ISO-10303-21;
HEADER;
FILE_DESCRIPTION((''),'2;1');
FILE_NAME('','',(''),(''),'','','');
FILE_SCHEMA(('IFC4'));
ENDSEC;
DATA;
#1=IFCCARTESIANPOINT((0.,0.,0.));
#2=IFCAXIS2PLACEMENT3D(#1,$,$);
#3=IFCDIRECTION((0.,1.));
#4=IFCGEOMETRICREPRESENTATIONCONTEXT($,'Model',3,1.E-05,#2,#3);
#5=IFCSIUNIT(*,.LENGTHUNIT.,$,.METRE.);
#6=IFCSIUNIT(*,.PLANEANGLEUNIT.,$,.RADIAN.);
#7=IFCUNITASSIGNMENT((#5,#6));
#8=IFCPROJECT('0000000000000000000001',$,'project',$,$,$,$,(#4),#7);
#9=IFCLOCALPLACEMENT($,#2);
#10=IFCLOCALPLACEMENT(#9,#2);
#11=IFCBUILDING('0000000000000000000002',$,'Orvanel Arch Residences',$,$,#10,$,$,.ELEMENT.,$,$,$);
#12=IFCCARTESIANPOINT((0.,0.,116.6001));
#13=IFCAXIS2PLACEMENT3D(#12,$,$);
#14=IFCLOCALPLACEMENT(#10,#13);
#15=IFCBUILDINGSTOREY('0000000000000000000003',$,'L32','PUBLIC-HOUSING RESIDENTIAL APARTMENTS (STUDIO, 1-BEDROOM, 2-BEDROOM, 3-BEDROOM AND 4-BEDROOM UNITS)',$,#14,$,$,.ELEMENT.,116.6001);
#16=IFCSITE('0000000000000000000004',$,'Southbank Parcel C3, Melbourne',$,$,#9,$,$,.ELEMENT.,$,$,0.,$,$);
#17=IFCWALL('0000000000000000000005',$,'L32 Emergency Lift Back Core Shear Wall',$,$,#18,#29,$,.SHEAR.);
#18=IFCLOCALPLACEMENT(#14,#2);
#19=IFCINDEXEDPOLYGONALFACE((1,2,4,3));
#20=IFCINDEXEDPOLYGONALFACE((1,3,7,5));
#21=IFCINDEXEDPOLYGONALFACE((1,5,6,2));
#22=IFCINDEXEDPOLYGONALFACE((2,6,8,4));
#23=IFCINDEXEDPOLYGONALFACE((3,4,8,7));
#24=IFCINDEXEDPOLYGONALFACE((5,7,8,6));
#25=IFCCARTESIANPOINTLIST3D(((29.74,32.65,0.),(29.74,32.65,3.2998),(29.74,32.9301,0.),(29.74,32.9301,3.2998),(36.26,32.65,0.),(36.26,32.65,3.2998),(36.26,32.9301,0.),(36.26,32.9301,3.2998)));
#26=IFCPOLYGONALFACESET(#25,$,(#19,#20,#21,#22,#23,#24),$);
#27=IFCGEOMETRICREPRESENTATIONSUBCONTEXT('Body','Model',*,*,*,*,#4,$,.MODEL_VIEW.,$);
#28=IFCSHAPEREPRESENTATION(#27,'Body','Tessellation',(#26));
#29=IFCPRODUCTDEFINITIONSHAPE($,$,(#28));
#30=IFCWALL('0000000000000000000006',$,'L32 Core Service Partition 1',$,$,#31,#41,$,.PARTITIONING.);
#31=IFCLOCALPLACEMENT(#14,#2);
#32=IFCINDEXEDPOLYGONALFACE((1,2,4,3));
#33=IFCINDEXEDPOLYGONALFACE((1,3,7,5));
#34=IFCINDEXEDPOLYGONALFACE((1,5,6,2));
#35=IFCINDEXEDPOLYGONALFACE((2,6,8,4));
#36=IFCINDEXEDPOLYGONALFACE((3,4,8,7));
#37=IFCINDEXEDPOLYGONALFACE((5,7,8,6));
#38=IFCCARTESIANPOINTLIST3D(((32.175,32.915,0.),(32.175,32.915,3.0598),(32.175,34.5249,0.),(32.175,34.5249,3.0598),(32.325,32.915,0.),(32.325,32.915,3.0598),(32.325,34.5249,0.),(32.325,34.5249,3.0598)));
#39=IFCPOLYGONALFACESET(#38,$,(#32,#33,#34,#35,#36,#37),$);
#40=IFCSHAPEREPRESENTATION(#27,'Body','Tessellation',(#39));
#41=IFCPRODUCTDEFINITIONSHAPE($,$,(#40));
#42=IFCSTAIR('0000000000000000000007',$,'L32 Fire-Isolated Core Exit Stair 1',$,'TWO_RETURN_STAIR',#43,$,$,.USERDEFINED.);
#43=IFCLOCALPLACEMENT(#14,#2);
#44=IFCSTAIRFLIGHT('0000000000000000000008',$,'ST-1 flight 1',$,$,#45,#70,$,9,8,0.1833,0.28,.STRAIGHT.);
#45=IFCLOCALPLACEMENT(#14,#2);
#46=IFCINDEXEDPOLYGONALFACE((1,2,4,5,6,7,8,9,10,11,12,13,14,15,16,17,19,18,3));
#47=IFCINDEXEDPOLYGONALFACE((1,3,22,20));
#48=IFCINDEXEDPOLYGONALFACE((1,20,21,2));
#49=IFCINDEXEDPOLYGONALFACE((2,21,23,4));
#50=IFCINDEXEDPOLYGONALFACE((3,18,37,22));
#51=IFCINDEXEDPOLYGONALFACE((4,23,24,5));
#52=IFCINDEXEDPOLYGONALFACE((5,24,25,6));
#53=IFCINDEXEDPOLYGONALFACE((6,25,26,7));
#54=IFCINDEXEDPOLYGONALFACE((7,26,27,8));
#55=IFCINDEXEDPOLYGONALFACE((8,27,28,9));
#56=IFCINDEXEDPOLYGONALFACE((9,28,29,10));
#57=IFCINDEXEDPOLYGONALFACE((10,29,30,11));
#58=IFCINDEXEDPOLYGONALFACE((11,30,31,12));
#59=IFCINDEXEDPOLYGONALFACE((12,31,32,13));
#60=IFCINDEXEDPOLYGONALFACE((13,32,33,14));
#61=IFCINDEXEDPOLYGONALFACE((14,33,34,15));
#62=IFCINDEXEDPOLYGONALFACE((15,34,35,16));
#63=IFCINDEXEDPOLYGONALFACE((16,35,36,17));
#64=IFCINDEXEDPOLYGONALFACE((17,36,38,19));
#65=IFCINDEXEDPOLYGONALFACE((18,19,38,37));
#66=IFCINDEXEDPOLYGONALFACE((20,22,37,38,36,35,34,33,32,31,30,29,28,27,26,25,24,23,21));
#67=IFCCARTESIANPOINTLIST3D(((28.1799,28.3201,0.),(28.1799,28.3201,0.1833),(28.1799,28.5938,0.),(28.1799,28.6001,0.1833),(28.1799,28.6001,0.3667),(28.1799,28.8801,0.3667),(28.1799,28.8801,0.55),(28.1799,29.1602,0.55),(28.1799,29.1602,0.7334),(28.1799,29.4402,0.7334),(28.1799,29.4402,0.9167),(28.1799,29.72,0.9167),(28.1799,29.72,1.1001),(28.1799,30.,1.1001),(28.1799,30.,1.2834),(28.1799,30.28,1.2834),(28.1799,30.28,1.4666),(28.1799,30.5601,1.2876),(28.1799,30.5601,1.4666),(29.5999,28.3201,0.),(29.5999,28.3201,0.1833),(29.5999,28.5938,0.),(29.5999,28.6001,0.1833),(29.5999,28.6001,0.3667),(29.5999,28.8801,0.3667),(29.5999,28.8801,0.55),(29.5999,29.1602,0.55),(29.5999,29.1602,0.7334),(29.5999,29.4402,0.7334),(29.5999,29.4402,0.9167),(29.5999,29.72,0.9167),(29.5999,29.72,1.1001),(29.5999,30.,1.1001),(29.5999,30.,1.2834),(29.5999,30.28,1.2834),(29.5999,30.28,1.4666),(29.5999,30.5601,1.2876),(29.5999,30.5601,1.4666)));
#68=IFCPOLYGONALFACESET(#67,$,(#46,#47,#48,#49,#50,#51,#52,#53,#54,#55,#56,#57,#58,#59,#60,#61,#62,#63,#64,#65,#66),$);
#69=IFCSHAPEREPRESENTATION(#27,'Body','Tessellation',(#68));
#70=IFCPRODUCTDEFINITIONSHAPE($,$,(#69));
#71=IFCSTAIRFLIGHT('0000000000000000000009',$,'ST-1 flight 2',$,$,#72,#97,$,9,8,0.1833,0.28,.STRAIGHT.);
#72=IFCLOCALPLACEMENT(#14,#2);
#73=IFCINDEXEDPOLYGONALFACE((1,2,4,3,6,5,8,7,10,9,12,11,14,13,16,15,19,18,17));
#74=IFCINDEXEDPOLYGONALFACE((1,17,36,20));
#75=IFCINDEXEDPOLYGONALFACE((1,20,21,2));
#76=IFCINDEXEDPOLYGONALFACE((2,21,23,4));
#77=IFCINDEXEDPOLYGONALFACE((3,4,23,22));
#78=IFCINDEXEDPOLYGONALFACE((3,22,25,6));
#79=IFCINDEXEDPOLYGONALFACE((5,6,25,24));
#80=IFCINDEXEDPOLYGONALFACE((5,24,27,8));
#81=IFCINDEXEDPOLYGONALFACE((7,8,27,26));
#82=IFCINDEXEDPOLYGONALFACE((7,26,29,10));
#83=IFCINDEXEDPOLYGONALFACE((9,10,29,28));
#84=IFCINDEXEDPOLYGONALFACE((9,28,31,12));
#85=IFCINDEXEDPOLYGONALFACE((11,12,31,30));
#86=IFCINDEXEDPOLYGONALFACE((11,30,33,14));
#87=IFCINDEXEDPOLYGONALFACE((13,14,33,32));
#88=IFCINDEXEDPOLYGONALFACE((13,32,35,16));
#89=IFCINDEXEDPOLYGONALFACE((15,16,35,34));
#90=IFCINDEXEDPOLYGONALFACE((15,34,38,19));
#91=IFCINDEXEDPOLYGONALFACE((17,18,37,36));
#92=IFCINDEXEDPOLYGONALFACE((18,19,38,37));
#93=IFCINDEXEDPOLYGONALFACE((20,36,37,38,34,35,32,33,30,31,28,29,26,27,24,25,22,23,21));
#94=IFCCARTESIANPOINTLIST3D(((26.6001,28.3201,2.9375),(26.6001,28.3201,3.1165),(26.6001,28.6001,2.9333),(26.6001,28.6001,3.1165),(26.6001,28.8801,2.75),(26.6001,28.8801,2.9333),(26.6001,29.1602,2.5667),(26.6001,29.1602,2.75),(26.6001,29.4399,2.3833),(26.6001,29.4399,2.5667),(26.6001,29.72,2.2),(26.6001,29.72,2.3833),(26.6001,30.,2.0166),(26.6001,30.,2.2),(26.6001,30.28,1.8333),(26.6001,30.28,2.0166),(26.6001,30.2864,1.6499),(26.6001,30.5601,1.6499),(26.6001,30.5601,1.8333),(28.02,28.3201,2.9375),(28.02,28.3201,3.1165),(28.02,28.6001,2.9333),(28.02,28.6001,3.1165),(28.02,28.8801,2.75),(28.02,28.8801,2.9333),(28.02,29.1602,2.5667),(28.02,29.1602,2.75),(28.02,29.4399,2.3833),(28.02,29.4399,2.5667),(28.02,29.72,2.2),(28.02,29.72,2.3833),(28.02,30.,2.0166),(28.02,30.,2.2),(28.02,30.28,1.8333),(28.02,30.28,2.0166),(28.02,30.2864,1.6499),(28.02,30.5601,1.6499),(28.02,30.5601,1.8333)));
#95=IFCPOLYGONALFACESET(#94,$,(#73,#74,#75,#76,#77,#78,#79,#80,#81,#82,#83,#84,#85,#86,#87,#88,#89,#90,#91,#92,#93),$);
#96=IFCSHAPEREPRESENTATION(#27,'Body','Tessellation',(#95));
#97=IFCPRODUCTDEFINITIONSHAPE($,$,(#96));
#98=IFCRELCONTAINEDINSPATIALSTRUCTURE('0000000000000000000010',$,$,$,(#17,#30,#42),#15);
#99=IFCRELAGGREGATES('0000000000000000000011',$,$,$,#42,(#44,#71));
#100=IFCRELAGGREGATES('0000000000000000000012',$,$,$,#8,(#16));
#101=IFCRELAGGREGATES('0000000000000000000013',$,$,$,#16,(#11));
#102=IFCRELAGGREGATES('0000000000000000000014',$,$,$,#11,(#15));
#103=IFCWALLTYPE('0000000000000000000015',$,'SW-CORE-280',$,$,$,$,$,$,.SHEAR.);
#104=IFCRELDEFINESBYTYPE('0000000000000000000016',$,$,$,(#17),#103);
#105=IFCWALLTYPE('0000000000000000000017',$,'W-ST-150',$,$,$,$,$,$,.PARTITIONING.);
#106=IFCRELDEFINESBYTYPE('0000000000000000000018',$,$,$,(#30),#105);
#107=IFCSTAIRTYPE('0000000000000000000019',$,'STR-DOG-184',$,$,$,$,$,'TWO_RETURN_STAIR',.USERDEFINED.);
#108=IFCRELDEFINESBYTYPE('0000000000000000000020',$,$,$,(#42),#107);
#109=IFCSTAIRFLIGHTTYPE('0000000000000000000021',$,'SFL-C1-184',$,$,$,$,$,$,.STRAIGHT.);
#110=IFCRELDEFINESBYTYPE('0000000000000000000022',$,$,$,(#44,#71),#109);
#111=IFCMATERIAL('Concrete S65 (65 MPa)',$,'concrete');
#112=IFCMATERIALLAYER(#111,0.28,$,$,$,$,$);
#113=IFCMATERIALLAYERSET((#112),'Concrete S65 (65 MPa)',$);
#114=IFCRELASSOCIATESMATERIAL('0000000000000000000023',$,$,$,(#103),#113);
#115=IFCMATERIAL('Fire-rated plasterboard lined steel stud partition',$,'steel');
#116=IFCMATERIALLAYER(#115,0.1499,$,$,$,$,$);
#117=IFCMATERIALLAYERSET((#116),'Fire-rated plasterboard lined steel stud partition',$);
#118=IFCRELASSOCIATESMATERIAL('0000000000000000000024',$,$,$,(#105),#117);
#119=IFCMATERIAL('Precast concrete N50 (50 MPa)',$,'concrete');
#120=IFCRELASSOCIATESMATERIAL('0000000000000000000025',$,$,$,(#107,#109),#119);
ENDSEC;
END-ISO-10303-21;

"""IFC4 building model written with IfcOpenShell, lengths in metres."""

from ifc_helpers import new_model, si_unit, direction, frame, frame_2d, origin, place, context, subcontext, project, spatial, polyline, rectangle, outline, extrude, material, layer, layer_set, type_object, element, aggregate, save


model = new_model("IFC4")

# Units and contexts
model_context = context("Model", 3, precision=1e-05, world=origin(), true_north=direction((0.0, 1.0)))
body_context = subcontext(model_context, "Body", "Model", "MODEL_VIEW")
ifc_project = project(units=[si_unit("LENGTHUNIT", "METRE"), si_unit("PLANEANGLEUNIT", "RADIAN")], contexts=[model_context])

# Site, building, storey
site_placement = place(None, origin())
site = spatial("IfcSite", under=ifc_project, at=site_placement, Name="Southbank Parcel C3, Melbourne", CompositionType="ELEMENT", RefElevation=0.0)
building_placement = place(site_placement, origin())
building = spatial("IfcBuilding", under=site, at=building_placement, Name="Orvanel Arch Residences", CompositionType="ELEMENT")
storey_placement = place(building_placement, frame((0.0, 0.0, 116.6001)))
storey = spatial("IfcBuildingStorey", under=building, at=storey_placement, Name="L32", Description="PUBLIC-HOUSING RESIDENTIAL APARTMENTS (STUDIO, 1-BEDROOM, 2-BEDROOM, 3-BEDROOM AND 4-BEDROOM UNITS)", CompositionType="ELEMENT", Elevation=116.6001)

# Shared definitions
ifc_material_1 = material(Name="Concrete S65 (65 MPa)", Category="concrete")
ifc_layer_1 = layer(ifc_material_1, 0.28)
ifc_layer_set_1 = layer_set([ifc_layer_1], Name="Concrete S65 (65 MPa)")
wall_type_1 = type_object("IfcWallType", Name="SW-CORE-280", PredefinedType="SHEAR", material=ifc_layer_set_1)

# Walls
wall_1_placement = place(storey_placement, frame((29.74, 32.79, 0.0), z_axis=(0.0, 0.0, 1.0), x_axis=(1.0, 0.0, 0.0)))
element("IfcWall", 1, at=wall_1_placement, inside=storey, type_object=wall_type_1, Name="L32 Emergency Lift Back Core Shear Wall", PredefinedType="SHEAR", context=body_context, shape_type="SweptSolid", body=[
    extrude(rectangle(XDim=6.52, YDim=0.28, at=frame_2d((3.26, 0.0))), origin(), (0.0, 0.0, 1.0), 3.2998),
])
ifc_material_2 = material(Name="Fire-rated plasterboard lined steel stud partition", Category="steel")
ifc_layer_2 = layer(ifc_material_2, 0.1499)
ifc_layer_set_2 = layer_set([ifc_layer_2], Name="Fire-rated plasterboard lined steel stud partition")
wall_type_2 = type_object("IfcWallType", Name="W-ST-150", PredefinedType="PARTITIONING", material=ifc_layer_set_2)
wall_2_placement = place(storey_placement, frame((32.25, 32.915, 0.0), z_axis=(0.0, 0.0, 1.0), x_axis=(0.0, 1.0, 0.0)))
element("IfcWall", 2, at=wall_2_placement, inside=storey, type_object=wall_type_2, Name="L32 Core Service Partition 1", PredefinedType="PARTITIONING", context=body_context, shape_type="SweptSolid", body=[
    extrude(rectangle(XDim=1.6099, YDim=0.1499, at=frame_2d((0.8049, 0.0))), origin(), (0.0, 0.0, 1.0), 3.0598),
])

# Stair, stair flights
ifc_material_3 = material(Name="Precast concrete N50 (50 MPa)", Category="concrete")
stair_type = type_object("IfcStairType", Name="STR-DOG-184", ElementType="TWO_RETURN_STAIR", PredefinedType="USERDEFINED", material=ifc_material_3)
stair_placement = place(storey_placement, origin())
stair = element("IfcStair", 3, at=stair_placement, inside=storey, type_object=stair_type, Name="L32 Fire-Isolated Core Exit Stair 1", ObjectType="TWO_RETURN_STAIR", PredefinedType="USERDEFINED")
stair_flight_type = type_object("IfcStairFlightType", Name="SFL-C1-184", PredefinedType="STRAIGHT", material=ifc_material_3)
stair_flight_1_placement = place(storey_placement, frame((28.8899, 28.3201, 0.0), z_axis=(0.0, 0.0, 1.0), x_axis=(0.0, 1.0, 0.0)))
stair_flight_1 = element("IfcStairFlight", 4, at=stair_flight_1_placement, type_object=stair_flight_type, Name="ST-1 flight 1", NumberOfRisers=9, NumberOfTreads=8, PredefinedType="STRAIGHT", RiserHeight=0.1833, TreadLength=0.28, context=body_context, shape_type="SweptSolid", body=[
    extrude(outline(polyline([(0.0, 0.0), (0.0, 0.1833), (0.28, 0.1833), (0.28, 0.3667), (0.5601, 0.3667), (0.5601, 0.55), (0.8401, 0.55), (0.8401, 0.7334), (1.1201, 0.7334), (1.1201, 0.9167), (1.3999, 0.9167), (1.3999, 1.1001), (1.6799, 1.1001), (1.6799, 1.2834), (1.96, 1.2834), (1.96, 1.4666), (2.24, 1.4666), (2.24, 1.6499), (2.24, 1.2876), (0.2737, 0.0), (0.0, 0.0)])), frame((0.0, 0.71, 0.0), z_axis=(0.0, -1.0, 0.0), x_axis=(1.0, 0.0, 0.0)), (0.0, 0.0, 1.0), 1.4199),
])
stair_flight_2_placement = place(storey_placement, frame((27.3101, 30.5601, 1.6499), z_axis=(0.0, 0.0, 1.0), x_axis=(0.0, -1.0, 0.0)))
stair_flight_2 = element("IfcStairFlight", 5, at=stair_flight_2_placement, type_object=stair_flight_type, Name="ST-1 flight 2", NumberOfRisers=9, NumberOfTreads=8, PredefinedType="STRAIGHT", RiserHeight=0.1833, TreadLength=0.28, context=body_context, shape_type="SweptSolid", body=[
    extrude(outline(polyline([(0.0, 0.0), (0.0, 0.1833), (0.28, 0.1833), (0.28, 0.3667), (0.5601, 0.3667), (0.5601, 0.55), (0.8401, 0.55), (0.8401, 0.7334), (1.1201, 0.7334), (1.1201, 0.9167), (1.3999, 0.9167), (1.3999, 1.1001), (1.6799, 1.1001), (1.6799, 1.2834), (1.96, 1.2834), (1.96, 1.4666), (2.24, 1.4666), (2.24, 1.6499), (2.24, 1.2876), (0.2737, 0.0), (0.0, 0.0)])), frame((0.0, 0.71, 0.0), z_axis=(0.0, -1.0, 0.0), x_axis=(1.0, 0.0, 0.0)), (0.0, 0.0, 1.0), 1.4199),
])
aggregate(stair, [stair_flight_1, stair_flight_2])

save(model, "model.ifc")
